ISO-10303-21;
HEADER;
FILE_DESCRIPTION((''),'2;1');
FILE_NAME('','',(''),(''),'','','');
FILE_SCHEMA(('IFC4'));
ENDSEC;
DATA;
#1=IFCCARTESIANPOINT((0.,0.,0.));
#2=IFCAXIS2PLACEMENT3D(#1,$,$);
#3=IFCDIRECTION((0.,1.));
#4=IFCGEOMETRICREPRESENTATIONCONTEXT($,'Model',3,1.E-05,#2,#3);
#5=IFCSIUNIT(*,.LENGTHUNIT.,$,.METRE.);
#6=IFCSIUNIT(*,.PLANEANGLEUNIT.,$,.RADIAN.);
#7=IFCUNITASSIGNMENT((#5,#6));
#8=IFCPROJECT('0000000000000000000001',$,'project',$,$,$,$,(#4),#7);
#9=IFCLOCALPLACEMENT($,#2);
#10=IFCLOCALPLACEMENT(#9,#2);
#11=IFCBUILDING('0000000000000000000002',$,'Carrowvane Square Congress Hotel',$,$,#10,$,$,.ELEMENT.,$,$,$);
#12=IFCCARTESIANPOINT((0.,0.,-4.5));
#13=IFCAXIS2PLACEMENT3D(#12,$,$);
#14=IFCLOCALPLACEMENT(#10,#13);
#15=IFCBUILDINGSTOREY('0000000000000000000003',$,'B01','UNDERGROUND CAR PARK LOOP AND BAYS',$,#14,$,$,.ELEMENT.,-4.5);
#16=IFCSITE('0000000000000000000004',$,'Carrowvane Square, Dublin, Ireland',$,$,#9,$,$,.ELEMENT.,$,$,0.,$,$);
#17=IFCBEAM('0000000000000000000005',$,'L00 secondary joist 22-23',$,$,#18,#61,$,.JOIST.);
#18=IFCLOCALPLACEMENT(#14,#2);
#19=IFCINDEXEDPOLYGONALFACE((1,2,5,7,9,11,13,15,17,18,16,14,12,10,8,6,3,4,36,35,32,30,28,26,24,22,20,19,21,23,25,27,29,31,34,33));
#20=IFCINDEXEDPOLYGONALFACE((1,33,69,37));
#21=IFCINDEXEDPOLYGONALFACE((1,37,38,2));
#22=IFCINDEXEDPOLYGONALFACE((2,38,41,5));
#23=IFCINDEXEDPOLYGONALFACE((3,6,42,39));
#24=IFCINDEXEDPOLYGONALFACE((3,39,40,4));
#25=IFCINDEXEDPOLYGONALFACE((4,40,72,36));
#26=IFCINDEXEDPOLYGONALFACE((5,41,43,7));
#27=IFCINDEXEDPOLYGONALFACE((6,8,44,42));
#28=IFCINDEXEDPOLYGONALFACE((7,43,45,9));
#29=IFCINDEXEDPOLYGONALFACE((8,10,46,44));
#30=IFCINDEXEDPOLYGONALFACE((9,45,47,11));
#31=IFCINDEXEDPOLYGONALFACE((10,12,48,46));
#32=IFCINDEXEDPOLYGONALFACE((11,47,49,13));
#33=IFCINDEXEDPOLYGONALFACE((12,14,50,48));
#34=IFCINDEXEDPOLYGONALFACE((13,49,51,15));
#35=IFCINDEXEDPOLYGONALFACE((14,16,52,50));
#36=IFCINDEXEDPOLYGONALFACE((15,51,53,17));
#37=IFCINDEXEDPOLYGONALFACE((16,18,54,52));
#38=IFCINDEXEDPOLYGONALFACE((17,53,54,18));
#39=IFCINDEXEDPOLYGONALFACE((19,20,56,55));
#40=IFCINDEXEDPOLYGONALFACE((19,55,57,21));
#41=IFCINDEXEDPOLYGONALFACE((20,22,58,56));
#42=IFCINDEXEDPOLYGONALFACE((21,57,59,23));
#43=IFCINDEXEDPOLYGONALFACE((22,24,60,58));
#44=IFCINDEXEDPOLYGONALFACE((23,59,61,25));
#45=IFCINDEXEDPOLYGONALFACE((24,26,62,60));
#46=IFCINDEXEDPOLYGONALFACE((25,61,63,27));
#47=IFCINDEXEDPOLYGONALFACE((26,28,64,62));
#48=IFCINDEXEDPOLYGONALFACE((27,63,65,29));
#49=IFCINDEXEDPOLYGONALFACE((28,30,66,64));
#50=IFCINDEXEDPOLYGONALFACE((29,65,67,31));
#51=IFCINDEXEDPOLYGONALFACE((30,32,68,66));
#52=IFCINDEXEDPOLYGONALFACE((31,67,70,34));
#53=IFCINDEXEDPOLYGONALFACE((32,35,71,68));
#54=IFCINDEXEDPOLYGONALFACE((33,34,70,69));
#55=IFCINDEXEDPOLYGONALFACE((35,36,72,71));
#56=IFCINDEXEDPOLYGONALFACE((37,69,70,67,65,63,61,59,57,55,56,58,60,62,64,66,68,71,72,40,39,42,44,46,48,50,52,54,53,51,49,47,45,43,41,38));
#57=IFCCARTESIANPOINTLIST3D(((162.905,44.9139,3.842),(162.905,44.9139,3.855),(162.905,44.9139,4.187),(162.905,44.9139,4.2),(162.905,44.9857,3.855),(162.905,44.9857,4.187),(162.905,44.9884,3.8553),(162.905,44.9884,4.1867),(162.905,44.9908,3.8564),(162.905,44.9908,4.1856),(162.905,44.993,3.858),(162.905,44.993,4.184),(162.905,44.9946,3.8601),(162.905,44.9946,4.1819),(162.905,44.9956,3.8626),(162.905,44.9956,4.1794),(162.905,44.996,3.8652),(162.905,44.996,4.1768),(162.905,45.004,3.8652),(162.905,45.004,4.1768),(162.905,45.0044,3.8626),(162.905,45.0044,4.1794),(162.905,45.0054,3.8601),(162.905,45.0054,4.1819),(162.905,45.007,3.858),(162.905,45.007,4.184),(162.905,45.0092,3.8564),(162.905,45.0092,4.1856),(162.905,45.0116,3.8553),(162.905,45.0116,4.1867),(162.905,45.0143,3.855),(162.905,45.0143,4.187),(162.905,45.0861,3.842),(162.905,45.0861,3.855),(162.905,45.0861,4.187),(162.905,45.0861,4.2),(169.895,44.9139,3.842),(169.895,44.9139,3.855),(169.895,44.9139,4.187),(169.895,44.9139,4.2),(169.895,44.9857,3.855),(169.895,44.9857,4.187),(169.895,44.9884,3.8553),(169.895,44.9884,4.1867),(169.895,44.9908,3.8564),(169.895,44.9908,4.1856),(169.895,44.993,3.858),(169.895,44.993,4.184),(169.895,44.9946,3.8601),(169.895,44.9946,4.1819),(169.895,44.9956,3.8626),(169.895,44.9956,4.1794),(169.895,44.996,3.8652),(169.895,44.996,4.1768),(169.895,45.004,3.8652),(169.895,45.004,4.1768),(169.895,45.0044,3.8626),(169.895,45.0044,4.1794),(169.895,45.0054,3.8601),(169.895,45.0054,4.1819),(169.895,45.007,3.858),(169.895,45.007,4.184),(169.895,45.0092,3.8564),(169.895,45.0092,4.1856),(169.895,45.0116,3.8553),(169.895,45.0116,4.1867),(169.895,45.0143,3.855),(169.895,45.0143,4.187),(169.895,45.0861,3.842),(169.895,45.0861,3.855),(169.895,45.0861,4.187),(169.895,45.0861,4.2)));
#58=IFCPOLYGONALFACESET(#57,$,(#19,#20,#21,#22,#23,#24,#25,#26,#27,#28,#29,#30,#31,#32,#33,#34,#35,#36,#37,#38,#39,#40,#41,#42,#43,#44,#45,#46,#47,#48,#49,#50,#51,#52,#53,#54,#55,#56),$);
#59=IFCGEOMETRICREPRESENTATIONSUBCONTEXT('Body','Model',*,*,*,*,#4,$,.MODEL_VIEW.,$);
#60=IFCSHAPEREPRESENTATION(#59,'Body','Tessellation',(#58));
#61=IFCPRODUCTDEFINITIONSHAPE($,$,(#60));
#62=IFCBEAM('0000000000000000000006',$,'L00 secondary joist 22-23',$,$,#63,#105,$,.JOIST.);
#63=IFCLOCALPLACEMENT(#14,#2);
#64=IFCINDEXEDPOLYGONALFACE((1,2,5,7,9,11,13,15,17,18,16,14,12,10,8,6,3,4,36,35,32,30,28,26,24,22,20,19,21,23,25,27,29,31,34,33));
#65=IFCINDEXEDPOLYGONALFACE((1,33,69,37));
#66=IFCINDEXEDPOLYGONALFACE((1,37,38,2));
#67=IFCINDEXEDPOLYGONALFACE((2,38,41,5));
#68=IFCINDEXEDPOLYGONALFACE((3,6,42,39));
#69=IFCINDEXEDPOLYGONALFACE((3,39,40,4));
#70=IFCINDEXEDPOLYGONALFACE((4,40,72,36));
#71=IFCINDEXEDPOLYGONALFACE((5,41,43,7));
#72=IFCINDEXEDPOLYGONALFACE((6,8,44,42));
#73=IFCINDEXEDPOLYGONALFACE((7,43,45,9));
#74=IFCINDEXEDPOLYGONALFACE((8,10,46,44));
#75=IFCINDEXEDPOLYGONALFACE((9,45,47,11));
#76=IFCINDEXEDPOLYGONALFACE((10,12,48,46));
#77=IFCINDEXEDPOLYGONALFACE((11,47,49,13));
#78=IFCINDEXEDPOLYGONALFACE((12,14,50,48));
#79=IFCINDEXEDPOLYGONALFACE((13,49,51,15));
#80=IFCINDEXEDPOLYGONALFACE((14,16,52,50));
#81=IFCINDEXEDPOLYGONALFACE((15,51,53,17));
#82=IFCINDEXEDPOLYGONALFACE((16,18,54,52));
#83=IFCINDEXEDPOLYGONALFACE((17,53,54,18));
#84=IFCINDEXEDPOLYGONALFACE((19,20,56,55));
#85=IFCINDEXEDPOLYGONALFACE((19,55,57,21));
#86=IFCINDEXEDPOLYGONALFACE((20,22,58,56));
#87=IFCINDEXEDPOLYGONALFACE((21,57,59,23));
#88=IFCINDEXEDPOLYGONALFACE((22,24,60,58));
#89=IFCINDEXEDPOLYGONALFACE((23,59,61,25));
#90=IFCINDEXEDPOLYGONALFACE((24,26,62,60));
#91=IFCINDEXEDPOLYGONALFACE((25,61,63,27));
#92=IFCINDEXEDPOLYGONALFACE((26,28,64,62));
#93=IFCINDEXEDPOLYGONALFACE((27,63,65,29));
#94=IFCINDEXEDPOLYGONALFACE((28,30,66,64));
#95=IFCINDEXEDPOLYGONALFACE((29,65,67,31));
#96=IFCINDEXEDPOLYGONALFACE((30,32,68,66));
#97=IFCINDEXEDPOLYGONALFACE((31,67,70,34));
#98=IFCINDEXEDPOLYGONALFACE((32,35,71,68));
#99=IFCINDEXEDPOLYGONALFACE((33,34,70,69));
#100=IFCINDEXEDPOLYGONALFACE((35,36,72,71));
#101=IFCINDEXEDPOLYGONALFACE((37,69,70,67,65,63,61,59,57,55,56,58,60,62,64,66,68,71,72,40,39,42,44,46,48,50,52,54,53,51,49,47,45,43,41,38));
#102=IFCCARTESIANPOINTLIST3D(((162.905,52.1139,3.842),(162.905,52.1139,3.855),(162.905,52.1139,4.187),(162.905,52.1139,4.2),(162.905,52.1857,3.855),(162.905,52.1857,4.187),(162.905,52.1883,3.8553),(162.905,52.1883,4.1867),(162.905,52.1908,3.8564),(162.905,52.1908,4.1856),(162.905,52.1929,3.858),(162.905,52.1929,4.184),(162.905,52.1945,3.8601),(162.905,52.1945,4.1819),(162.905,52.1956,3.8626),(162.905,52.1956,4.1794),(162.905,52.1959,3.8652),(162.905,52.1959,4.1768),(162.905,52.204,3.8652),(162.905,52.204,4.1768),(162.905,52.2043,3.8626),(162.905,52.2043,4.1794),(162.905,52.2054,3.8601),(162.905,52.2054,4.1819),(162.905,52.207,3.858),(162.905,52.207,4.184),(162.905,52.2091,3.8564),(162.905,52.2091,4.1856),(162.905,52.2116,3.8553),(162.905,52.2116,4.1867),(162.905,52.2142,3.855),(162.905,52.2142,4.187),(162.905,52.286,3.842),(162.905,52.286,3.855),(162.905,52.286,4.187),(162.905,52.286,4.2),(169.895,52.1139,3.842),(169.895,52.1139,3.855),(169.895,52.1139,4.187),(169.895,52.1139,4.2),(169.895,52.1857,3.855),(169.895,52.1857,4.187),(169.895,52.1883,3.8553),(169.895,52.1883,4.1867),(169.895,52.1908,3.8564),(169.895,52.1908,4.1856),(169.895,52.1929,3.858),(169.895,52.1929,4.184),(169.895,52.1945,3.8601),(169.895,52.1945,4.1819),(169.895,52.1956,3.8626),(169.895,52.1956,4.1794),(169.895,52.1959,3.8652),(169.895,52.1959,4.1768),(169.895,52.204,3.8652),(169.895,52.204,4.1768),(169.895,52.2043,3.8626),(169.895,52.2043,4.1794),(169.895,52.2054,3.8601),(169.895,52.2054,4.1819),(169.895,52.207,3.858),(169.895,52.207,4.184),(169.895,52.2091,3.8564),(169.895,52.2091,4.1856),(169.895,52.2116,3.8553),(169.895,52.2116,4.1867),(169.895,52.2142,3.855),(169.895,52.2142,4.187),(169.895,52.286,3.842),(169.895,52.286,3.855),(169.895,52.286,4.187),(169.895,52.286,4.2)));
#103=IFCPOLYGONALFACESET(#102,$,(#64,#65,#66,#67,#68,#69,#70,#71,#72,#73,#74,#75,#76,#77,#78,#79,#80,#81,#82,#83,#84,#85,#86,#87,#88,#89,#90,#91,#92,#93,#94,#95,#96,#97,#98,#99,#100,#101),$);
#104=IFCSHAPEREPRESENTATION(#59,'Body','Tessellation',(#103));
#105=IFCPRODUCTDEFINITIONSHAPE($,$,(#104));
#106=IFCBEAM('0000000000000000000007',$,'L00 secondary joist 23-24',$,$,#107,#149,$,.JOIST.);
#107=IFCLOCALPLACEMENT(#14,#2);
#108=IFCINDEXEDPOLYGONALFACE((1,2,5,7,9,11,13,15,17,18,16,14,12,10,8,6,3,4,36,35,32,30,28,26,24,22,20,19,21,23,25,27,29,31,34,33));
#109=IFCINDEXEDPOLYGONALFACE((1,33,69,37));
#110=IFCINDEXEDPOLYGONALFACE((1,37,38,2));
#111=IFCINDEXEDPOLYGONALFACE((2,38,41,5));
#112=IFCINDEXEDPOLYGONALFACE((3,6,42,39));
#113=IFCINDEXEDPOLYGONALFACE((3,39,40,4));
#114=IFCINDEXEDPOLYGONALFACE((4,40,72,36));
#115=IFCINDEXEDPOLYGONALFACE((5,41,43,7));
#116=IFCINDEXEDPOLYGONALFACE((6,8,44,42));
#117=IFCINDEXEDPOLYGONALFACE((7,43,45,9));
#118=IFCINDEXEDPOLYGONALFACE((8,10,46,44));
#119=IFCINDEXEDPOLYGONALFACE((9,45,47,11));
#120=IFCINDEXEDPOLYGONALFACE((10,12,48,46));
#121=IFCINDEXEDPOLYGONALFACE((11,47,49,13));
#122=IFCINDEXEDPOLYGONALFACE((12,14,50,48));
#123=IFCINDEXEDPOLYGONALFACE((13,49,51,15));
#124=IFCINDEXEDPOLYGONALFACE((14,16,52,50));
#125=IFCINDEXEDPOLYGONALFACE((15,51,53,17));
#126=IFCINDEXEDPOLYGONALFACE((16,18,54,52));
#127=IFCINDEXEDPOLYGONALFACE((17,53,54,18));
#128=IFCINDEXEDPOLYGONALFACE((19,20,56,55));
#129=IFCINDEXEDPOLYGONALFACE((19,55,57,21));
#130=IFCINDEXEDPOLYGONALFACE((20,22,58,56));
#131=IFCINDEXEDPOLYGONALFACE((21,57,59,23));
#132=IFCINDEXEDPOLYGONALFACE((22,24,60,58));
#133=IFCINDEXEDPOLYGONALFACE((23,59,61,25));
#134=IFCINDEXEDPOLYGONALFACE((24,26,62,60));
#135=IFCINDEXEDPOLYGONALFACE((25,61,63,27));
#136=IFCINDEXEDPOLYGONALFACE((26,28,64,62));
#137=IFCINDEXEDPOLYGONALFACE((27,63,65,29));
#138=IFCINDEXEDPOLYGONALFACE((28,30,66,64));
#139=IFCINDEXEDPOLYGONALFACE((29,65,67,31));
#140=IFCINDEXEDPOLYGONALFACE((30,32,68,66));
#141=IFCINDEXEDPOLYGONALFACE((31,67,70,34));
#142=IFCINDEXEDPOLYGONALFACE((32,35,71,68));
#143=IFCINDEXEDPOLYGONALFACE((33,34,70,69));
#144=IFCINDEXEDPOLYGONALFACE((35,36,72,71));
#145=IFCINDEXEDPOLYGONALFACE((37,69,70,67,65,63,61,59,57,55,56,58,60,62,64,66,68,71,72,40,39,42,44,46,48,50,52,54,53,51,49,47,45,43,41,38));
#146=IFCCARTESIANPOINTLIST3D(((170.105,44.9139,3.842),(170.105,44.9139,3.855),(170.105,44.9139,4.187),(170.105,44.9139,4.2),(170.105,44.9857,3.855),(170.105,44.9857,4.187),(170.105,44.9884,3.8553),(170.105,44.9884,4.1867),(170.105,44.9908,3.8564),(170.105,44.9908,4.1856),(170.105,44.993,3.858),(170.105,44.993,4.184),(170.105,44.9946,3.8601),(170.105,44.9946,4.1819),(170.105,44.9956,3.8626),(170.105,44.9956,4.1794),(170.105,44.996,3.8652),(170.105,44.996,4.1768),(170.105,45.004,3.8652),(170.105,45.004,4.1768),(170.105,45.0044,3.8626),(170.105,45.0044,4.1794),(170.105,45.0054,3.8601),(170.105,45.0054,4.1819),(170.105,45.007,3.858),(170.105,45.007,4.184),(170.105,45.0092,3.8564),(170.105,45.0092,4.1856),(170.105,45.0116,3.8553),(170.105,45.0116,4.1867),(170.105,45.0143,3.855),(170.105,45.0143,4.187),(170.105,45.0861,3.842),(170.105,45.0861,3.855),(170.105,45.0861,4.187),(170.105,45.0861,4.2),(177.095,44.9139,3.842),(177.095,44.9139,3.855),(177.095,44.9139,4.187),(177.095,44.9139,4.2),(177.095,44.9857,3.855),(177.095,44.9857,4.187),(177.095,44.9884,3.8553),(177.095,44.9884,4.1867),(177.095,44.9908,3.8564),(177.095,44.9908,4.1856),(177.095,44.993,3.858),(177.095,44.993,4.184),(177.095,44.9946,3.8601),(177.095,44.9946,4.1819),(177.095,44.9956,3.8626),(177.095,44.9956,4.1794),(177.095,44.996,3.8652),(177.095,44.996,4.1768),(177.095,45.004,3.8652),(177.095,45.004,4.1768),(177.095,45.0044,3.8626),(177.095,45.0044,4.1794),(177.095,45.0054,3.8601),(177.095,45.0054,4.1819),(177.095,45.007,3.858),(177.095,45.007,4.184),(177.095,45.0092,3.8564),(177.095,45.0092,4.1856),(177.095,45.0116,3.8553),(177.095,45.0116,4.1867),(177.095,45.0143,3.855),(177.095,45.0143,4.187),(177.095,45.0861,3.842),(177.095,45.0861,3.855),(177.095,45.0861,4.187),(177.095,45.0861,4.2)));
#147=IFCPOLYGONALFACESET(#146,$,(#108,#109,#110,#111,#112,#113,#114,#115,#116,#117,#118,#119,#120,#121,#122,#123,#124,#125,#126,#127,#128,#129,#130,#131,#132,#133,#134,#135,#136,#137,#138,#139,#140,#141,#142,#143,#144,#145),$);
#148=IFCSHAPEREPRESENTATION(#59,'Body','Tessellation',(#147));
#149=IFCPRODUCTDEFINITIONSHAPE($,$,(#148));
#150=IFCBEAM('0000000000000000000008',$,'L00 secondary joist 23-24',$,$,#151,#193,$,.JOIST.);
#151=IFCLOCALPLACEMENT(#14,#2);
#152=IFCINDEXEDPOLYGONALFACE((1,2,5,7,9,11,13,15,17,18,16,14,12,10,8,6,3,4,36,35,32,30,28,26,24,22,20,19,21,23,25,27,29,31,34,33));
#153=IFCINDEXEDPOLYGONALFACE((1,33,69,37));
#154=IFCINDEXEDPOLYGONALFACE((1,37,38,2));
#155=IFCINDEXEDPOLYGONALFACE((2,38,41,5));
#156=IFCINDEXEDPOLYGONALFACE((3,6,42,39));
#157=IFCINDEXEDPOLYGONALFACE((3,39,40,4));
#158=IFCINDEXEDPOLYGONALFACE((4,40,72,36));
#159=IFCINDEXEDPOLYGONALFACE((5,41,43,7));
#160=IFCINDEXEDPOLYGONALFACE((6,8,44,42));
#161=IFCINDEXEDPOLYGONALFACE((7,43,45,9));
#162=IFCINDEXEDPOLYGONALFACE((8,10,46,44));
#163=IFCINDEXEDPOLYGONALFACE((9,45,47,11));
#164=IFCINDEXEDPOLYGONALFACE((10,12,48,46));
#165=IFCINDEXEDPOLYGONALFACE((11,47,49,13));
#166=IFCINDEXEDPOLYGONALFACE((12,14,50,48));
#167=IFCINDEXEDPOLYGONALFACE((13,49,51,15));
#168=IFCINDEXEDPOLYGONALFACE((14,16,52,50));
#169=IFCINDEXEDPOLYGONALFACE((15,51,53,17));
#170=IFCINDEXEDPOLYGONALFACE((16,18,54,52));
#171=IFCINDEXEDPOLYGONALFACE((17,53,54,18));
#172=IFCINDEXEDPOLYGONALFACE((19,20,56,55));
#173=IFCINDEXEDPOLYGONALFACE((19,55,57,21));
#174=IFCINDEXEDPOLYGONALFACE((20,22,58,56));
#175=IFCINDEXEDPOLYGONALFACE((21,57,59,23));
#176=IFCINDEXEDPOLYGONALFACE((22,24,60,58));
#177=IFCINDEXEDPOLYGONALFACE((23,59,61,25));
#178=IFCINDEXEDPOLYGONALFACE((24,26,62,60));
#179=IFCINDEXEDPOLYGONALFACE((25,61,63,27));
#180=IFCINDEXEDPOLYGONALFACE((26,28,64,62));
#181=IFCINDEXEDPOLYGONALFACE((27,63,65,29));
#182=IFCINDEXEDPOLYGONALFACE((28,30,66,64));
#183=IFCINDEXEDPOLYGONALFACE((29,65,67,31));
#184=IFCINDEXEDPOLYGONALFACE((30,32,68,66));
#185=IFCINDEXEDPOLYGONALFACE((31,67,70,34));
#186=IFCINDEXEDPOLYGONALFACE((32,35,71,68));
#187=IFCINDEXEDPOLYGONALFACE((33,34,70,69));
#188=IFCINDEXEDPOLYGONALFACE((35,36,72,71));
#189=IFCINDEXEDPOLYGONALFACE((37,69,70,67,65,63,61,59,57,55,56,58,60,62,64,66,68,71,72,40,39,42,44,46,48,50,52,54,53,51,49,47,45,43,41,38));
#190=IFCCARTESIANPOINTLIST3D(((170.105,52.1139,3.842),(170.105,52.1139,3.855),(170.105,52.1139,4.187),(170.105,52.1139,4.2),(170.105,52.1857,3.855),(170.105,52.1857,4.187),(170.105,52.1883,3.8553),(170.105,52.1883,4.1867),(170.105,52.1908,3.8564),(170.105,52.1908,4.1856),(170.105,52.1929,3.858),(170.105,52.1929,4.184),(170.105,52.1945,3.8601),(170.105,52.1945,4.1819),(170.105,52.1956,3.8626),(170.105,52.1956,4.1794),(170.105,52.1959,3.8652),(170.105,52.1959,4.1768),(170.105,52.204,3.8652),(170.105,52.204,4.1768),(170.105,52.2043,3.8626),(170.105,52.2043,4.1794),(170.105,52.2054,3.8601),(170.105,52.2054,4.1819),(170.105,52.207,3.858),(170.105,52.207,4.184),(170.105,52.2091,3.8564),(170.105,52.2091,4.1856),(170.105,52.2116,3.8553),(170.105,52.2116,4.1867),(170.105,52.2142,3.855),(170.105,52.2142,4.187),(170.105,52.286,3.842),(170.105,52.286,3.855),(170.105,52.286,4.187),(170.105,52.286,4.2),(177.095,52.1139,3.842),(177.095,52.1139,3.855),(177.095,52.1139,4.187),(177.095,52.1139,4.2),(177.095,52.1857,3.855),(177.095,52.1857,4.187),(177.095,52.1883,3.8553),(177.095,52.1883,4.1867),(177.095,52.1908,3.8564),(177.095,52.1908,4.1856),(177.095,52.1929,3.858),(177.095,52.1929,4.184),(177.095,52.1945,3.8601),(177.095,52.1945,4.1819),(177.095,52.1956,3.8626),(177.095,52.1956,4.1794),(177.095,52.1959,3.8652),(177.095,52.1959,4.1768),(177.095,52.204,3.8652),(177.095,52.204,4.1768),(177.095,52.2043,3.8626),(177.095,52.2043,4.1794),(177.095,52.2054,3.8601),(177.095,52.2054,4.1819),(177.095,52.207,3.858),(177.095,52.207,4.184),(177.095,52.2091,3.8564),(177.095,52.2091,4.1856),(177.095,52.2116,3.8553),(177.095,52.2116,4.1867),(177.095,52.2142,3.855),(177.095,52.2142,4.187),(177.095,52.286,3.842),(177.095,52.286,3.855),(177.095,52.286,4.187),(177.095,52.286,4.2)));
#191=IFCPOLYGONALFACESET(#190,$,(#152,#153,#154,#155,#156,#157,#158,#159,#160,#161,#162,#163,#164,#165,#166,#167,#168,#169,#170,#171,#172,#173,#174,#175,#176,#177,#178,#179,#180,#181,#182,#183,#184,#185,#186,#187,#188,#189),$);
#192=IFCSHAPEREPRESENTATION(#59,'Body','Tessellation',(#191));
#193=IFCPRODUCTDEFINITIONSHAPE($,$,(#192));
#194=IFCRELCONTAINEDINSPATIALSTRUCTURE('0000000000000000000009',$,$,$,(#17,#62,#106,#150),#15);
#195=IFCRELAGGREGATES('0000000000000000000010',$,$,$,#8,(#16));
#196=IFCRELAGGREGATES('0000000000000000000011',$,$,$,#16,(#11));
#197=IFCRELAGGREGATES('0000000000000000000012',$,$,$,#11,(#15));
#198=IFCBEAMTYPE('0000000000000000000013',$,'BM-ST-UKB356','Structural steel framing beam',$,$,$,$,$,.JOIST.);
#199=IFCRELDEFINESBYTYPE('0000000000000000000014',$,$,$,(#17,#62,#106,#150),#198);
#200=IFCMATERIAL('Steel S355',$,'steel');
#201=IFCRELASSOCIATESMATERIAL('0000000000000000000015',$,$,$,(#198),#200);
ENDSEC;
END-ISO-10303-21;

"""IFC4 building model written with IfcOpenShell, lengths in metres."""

from ifc_helpers import new_model, si_unit, direction, frame, origin, origin_2d, place, context, subcontext, project, spatial, i_section, extrude, material, material_profile, profile_set, type_object, element, save


model = new_model("IFC4")

# Units and contexts
model_context = context("Model", 3, precision=1e-05, world=origin(), true_north=direction((0.0, 1.0)))
body_context = subcontext(model_context, "Body", "Model", "MODEL_VIEW")
ifc_project = project(units=[si_unit("LENGTHUNIT", "METRE"), si_unit("PLANEANGLEUNIT", "RADIAN")], contexts=[model_context])

# Site, building, storey
site_placement = place(None, origin())
site = spatial("IfcSite", under=ifc_project, at=site_placement, Name="Carrowvane Square, Dublin, Ireland", CompositionType="ELEMENT", RefElevation=0.0)
building_placement = place(site_placement, origin())
building = spatial("IfcBuilding", under=site, at=building_placement, Name="Carrowvane Square Congress Hotel", CompositionType="ELEMENT")
storey_placement = place(building_placement, frame((0.0, 0.0, -4.5)))
storey = spatial("IfcBuildingStorey", under=building, at=storey_placement, Name="B01", Description="UNDERGROUND CAR PARK LOOP AND BAYS", CompositionType="ELEMENT", Elevation=-4.5)

# Beams
ifc_material_1 = material(Name="Steel S355", Category="steel")
ifc_material_profile_1 = material_profile(ifc_material_1, i_section(OverallWidth=0.1721, OverallDepth=0.3579, WebThickness=0.0081, FlangeThickness=0.0129, FilletRadius=0.0103, at=origin_2d()), Name="UKB 356x171x57")
ifc_profile_set_1 = profile_set([ifc_material_profile_1], Name="Steel S355")
beam_type_1 = type_object("IfcBeamType", Name="BM-ST-UKB356", Description="Structural steel framing beam", PredefinedType="JOIST", material=ifc_profile_set_1)
for number, where, z_axis, x_axis, name in (
    (1, (162.905, 45.0, 4.021), (1.0, 0.0, 0.0), (0.0, 1.0, 0.0), "L00 secondary joist 22-23"),
    (2, (162.905, 52.2, 4.021), (1.0, 0.0, 0.0), (0.0, 1.0, 0.0), "L00 secondary joist 22-23"),
    (3, (170.105, 45.0, 4.021), (1.0, 0.0, 0.0), (0.0, 1.0, 0.0), "L00 secondary joist 23-24"),
    (4, (170.105, 52.2, 4.021), (1.0, 0.0, 0.0), (0.0, 1.0, 0.0), "L00 secondary joist 23-24"),
):
    element("IfcBeam", number, at=place(storey_placement, frame(where, z_axis=z_axis, x_axis=x_axis)), inside=storey, type_object=beam_type_1, Name=name, PredefinedType="JOIST", context=body_context, shape_type="SweptSolid", body=[
        extrude(i_section(OverallWidth=0.1721, OverallDepth=0.3579, WebThickness=0.0081, FlangeThickness=0.0129, FilletRadius=0.0103, at=origin_2d()), origin(), (0.0, 0.0, 1.0), 6.99),
    ])

save(model, "model.ifc")
